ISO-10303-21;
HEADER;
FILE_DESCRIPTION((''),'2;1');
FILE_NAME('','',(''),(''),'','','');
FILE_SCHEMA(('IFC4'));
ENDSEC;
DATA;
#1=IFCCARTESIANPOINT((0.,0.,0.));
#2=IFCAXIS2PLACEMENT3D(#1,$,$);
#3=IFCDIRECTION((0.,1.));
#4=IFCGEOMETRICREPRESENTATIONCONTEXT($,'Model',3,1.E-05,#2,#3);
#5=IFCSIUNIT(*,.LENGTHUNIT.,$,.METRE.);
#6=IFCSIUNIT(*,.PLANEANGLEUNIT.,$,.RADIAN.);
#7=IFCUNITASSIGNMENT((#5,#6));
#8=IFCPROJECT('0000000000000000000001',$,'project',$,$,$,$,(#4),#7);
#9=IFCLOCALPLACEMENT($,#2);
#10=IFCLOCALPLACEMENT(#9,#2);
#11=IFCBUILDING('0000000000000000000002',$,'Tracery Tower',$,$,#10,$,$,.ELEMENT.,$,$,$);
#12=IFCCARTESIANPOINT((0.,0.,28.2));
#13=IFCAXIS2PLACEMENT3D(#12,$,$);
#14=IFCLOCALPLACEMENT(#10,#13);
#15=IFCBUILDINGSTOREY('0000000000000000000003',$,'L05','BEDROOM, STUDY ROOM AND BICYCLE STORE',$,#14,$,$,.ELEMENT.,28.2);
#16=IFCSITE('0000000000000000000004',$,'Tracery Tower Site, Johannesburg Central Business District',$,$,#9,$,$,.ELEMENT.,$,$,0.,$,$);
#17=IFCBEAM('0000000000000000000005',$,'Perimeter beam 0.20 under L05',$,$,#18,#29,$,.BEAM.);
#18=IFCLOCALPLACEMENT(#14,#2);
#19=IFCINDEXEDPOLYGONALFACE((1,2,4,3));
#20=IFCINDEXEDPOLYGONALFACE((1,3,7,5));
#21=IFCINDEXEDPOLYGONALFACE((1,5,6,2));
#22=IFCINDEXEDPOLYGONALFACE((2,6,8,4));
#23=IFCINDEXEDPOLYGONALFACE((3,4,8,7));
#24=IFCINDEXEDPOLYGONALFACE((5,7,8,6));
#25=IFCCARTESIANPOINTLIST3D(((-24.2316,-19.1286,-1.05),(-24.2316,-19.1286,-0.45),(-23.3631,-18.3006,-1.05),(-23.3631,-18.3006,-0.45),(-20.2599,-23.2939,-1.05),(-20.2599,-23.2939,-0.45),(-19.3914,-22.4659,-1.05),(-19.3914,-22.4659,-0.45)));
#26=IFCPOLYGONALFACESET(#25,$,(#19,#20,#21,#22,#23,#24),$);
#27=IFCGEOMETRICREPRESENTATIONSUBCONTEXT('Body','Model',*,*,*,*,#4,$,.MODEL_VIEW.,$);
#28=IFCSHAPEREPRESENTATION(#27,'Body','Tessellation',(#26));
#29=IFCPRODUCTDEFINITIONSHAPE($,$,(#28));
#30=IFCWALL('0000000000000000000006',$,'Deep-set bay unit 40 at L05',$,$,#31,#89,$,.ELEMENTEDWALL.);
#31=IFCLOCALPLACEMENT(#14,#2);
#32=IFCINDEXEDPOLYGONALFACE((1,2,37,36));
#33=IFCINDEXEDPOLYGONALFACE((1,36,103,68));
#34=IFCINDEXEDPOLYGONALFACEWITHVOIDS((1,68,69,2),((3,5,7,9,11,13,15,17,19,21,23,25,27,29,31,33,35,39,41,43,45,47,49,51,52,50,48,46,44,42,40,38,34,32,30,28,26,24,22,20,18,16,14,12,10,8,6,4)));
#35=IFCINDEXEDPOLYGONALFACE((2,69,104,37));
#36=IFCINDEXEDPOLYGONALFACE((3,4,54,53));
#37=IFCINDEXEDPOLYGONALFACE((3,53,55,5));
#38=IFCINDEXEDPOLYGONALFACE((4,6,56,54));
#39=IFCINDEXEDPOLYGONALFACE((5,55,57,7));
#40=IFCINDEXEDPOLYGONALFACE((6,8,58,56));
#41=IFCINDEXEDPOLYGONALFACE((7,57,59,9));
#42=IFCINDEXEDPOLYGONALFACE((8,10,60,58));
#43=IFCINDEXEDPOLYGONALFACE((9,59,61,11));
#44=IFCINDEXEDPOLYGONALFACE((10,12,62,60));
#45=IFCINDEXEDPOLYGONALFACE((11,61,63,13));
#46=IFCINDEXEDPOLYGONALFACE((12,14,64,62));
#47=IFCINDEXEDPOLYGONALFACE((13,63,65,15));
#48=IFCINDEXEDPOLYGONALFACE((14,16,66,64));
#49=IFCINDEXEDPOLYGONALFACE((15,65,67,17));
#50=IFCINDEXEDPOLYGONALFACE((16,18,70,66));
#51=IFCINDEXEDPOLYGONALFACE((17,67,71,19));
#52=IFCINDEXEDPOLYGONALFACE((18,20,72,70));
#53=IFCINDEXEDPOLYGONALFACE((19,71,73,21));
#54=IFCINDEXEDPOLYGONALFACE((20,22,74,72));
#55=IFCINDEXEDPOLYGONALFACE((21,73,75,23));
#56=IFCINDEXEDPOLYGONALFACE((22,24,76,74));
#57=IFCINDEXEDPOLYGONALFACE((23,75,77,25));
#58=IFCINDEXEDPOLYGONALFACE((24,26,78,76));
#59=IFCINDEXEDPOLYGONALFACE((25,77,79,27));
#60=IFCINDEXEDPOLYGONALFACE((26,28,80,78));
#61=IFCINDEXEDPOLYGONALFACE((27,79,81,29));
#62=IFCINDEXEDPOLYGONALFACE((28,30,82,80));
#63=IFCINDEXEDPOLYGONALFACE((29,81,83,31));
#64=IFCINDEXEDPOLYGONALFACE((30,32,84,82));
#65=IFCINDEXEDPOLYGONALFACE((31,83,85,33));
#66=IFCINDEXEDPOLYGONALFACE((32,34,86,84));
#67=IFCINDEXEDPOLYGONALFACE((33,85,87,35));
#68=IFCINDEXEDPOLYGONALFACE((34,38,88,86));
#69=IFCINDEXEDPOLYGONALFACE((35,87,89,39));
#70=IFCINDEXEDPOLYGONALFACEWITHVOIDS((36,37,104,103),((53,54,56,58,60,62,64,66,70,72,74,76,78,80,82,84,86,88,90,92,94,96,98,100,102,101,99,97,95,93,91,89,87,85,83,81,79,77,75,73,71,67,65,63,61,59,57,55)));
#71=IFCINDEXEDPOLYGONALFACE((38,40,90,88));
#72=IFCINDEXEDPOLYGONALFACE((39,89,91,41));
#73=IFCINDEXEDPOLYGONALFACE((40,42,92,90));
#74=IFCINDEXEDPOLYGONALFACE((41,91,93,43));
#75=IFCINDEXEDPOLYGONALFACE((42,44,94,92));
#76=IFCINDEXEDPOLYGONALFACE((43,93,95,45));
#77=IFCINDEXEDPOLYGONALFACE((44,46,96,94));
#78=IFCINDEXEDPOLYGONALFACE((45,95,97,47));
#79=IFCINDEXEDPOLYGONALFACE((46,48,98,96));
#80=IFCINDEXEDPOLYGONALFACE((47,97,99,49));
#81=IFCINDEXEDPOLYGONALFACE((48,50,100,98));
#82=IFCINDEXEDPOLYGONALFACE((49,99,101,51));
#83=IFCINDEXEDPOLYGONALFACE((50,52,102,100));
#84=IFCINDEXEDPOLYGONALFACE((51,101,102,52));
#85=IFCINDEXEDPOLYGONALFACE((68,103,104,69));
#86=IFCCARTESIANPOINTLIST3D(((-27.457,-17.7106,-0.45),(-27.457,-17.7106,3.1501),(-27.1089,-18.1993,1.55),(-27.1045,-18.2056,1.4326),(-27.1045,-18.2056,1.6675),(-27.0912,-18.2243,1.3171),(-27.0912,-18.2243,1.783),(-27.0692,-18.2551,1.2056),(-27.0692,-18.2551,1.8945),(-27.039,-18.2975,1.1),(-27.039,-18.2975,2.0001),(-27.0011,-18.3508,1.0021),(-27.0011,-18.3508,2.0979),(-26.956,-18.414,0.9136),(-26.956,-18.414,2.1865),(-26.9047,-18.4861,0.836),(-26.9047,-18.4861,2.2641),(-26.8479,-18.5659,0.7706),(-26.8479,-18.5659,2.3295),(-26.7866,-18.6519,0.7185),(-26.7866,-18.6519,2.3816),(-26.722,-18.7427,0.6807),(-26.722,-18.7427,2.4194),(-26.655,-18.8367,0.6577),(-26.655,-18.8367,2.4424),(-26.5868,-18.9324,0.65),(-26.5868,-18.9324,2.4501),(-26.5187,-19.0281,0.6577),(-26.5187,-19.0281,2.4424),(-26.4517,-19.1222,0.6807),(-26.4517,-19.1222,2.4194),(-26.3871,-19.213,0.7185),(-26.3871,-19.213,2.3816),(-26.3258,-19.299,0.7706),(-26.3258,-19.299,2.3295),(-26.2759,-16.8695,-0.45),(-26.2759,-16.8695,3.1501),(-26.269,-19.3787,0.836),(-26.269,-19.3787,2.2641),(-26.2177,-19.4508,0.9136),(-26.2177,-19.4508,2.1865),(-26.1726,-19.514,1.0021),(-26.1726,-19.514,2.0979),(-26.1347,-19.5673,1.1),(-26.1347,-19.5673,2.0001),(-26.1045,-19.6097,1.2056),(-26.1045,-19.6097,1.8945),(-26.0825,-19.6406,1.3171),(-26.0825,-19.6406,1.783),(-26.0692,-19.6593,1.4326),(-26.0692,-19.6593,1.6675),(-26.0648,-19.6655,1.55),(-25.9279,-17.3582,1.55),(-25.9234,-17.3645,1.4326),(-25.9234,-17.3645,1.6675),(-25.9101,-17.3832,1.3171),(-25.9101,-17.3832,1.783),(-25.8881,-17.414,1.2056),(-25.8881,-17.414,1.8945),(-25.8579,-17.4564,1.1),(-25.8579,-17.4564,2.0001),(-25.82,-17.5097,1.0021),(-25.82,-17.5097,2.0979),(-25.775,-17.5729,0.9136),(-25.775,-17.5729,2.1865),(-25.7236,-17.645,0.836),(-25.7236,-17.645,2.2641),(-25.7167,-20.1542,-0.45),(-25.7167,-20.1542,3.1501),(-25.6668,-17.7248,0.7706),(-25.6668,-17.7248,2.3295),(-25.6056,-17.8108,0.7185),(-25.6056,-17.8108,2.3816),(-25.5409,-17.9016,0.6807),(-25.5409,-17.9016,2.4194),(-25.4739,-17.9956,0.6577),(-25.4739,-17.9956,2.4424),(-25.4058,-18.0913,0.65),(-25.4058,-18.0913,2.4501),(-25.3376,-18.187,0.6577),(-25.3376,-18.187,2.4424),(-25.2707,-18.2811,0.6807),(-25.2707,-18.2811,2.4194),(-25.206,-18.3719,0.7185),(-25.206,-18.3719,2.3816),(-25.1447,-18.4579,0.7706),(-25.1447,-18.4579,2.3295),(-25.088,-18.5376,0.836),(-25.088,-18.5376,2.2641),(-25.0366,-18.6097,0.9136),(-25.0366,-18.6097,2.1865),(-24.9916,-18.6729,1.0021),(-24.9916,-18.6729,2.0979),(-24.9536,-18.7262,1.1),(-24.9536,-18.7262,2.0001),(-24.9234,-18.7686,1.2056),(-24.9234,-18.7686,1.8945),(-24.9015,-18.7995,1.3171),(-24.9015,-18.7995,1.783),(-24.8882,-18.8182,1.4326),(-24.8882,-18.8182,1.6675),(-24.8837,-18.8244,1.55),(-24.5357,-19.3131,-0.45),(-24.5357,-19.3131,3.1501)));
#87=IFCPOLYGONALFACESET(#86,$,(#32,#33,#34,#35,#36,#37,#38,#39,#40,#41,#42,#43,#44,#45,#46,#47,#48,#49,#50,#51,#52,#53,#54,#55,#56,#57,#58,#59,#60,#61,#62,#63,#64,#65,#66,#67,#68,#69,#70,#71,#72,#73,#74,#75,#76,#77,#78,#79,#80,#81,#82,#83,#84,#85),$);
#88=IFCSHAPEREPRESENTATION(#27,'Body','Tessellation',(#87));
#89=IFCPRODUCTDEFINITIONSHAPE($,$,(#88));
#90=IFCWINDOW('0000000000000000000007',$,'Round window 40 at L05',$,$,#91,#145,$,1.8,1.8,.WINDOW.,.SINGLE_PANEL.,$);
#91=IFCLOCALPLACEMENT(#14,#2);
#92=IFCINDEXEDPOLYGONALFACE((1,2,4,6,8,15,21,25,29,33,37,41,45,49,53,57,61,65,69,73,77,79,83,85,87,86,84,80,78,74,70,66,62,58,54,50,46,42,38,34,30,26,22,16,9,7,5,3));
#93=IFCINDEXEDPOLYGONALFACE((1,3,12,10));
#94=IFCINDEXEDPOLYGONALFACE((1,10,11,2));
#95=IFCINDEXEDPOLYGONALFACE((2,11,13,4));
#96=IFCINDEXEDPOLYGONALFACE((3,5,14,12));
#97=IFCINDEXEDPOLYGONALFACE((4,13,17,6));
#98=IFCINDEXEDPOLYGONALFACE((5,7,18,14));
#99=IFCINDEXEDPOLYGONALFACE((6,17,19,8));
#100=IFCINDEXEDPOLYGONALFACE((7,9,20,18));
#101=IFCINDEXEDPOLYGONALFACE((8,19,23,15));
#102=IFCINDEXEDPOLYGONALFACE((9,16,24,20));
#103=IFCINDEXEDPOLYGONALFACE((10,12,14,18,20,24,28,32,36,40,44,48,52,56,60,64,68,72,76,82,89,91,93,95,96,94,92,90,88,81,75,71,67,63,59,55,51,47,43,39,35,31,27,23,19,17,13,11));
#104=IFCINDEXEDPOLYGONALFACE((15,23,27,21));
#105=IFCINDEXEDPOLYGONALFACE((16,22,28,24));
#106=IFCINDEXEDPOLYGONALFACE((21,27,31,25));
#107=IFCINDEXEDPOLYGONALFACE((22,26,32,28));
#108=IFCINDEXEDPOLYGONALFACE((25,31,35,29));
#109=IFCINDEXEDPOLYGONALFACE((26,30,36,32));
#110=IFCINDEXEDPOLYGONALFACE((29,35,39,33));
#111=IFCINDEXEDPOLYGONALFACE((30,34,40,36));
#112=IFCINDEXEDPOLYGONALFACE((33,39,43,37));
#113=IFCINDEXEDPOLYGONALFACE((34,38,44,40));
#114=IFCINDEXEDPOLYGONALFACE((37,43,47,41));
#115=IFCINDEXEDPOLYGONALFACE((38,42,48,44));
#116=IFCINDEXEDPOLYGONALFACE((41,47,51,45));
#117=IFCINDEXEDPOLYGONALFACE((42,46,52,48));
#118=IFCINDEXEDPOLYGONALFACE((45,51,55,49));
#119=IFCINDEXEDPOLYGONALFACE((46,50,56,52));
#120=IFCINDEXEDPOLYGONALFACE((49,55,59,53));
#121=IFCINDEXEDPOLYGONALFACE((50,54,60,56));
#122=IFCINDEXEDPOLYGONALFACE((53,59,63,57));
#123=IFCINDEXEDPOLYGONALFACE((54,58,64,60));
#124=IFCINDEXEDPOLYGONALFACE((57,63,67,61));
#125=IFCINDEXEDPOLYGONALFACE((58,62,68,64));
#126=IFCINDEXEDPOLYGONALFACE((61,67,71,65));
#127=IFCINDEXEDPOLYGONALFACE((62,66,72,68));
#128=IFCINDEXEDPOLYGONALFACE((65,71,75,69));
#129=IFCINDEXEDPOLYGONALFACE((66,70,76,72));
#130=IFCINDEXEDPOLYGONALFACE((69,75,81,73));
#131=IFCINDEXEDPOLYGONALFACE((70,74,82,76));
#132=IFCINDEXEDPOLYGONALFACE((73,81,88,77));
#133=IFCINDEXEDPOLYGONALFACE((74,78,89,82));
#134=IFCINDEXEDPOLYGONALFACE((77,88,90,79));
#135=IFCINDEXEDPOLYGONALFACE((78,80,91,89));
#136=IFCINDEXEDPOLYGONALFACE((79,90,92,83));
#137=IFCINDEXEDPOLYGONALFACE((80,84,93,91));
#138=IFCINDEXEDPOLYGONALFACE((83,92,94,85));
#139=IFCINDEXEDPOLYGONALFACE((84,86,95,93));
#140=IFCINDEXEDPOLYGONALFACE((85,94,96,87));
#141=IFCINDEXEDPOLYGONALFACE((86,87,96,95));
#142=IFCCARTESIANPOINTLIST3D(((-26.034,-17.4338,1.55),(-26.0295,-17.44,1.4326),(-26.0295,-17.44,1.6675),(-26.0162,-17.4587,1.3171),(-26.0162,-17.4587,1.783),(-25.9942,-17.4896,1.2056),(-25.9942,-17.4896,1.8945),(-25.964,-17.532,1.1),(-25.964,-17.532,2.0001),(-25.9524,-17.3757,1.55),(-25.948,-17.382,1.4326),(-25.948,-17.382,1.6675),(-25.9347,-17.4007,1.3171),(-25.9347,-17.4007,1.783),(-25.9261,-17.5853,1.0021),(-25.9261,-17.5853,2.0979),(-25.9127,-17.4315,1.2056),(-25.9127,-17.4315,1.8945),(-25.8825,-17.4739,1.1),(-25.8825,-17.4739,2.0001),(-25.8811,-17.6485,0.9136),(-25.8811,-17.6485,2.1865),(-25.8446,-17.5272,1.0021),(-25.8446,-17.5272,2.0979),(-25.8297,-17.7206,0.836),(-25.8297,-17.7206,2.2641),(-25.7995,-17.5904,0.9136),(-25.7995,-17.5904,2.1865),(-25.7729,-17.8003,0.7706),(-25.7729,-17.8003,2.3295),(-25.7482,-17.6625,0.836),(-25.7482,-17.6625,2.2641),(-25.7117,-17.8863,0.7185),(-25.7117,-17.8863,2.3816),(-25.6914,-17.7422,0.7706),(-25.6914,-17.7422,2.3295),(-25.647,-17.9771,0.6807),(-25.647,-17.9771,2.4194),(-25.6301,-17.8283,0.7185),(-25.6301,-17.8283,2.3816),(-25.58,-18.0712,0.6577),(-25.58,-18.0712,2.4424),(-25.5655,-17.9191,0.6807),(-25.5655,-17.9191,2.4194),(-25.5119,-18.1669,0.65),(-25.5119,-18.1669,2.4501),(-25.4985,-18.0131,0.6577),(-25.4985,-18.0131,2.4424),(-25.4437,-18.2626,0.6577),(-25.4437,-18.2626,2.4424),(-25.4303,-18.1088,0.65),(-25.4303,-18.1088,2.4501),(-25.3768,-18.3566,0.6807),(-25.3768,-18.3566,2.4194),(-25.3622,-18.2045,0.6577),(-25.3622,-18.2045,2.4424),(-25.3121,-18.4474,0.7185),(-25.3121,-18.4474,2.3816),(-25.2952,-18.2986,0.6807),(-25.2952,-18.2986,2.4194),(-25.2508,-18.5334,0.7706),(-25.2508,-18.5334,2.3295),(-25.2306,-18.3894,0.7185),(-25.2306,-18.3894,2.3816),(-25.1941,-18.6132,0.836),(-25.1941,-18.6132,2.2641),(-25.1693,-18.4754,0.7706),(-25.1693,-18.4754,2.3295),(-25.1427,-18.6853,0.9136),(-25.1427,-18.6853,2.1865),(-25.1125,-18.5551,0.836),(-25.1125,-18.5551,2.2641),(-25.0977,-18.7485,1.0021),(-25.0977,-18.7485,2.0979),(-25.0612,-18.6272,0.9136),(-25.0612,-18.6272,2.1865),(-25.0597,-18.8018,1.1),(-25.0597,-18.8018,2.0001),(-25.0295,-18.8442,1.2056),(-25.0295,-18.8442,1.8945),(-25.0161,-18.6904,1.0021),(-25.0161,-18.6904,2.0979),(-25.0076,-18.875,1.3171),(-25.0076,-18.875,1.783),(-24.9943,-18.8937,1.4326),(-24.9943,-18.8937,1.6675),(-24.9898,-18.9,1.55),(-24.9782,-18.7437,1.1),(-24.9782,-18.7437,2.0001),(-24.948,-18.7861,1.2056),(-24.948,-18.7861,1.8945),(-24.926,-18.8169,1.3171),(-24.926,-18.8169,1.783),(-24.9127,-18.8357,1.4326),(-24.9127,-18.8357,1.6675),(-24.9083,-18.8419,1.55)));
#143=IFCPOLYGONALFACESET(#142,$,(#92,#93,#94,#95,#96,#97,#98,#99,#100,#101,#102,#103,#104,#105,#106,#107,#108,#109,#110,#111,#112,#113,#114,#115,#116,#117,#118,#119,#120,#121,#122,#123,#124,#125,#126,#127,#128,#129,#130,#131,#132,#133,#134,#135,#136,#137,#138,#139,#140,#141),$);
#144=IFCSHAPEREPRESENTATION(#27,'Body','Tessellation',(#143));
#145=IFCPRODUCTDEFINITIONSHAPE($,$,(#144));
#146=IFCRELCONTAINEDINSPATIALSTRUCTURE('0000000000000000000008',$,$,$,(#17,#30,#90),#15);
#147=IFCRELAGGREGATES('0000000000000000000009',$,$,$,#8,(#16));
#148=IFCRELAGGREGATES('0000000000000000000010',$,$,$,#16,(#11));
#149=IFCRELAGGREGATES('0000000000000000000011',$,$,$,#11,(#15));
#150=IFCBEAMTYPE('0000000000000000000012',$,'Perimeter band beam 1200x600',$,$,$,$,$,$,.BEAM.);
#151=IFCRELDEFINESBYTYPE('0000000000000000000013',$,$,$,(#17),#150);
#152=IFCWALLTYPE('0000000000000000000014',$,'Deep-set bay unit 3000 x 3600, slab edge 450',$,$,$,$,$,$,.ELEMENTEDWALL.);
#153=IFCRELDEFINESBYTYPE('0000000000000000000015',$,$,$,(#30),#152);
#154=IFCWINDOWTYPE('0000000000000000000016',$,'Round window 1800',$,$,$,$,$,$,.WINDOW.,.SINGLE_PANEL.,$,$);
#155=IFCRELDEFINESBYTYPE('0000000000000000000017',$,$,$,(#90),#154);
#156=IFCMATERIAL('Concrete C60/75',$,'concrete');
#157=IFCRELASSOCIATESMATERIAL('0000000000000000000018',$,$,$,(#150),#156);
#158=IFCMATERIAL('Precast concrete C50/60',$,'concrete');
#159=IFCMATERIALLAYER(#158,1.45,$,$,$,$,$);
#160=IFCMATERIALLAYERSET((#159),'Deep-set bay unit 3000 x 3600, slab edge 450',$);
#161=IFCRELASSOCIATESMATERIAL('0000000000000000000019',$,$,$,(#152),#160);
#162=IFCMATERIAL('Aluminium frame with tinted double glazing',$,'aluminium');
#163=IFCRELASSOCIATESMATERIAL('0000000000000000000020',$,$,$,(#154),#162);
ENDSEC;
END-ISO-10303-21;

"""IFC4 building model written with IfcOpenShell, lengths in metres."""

from ifc_helpers import new_model, si_unit, direction, frame, frame_2d, origin, origin_2d, place, context, subcontext, project, spatial, rectangle, circle, extrude, material, layer, layer_set, material_profile, profile_set, type_object, element, fill, save


model = new_model("IFC4")

# Units and contexts
model_context = context("Model", 3, precision=1e-05, world=origin(), true_north=direction((0.0, 1.0)))
body_context = subcontext(model_context, "Body", "Model", "MODEL_VIEW")
ifc_project = project(units=[si_unit("LENGTHUNIT", "METRE"), si_unit("PLANEANGLEUNIT", "RADIAN")], contexts=[model_context])

# Site, building, storey
site_placement = place(None, origin())
site = spatial("IfcSite", under=ifc_project, at=site_placement, Name="Tracery Tower Site, Johannesburg Central Business District", CompositionType="ELEMENT", RefElevation=0.0)
building_placement = place(site_placement, origin())
building = spatial("IfcBuilding", under=site, at=building_placement, Name="Tracery Tower", CompositionType="ELEMENT")
storey_placement = place(building_placement, frame((0.0, 0.0, 28.2)))
storey = spatial("IfcBuildingStorey", under=building, at=storey_placement, Name="L05", Description="BEDROOM, STUDY ROOM AND BICYCLE STORE", CompositionType="ELEMENT", Elevation=28.2)

# Beam
ifc_material_1 = material(Name="Concrete C60/75", Category="concrete")
ifc_material_profile_1 = material_profile(ifc_material_1, rectangle(XDim=1.2, YDim=0.6001, at=origin_2d()), Name="RC 1200x600")
ifc_profile_set_1 = profile_set([ifc_material_profile_1], Name="Concrete C60/75")
beam_type_1 = type_object("IfcBeamType", Name="Perimeter band beam 1200x600", PredefinedType="BEAM", material=ifc_profile_set_1)
beam_1_placement = place(storey_placement, frame((-23.7974, -18.7146, -0.75), z_axis=(0.690087, -0.723726, 0.0), x_axis=(0.723726, 0.690087, 0.0)))
element("IfcBeam", 1, at=beam_1_placement, inside=storey, type_object=beam_type_1, Name="Perimeter beam 0.20 under L05", PredefinedType="BEAM", context=body_context, shape_type="SweptSolid", body=[
    extrude(rectangle(XDim=1.2, YDim=0.6001, at=origin_2d()), origin(), (0.0, 0.0, 1.0), 5.7554),
])

# Wall, opening, window
ifc_material_2 = material(Name="Precast concrete C50/60", Category="concrete")
ifc_layer_1 = layer(ifc_material_2, 1.45)
ifc_layer_set_1 = layer_set([ifc_layer_1], Name="Deep-set bay unit 3000 x 3600, slab edge 450")
wall_type_1 = type_object("IfcWallType", Name="Deep-set bay unit 3000 x 3600, slab edge 450", PredefinedType="ELEMENTEDWALL", material=ifc_layer_set_1)
wall_1_placement = place(storey_placement, frame((-26.8665, -17.29, -0.45), z_axis=(0.0, 0.0, 1.0), x_axis=(0.580091, -0.814552, 0.0)))
wall_1 = element("IfcWall", 2, at=wall_1_placement, inside=storey, type_object=wall_type_1, Name="Deep-set bay unit 40 at L05", PredefinedType="ELEMENTEDWALL", context=body_context, shape_type="SweptSolid", body=[
    extrude(rectangle(XDim=3.0, YDim=1.45, at=frame_2d((1.5, 0.0))), origin(), (0.0, 0.0, 1.0), 3.6001),
])
opening_1_placement = place(wall_1_placement, frame((1.5, 0.0, 2.0)))
opening_1 = element("IfcOpeningElement", 3, at=opening_1_placement, cuts=wall_1, PredefinedType="OPENING", context=body_context, shape_type="SweptSolid", body=[
    extrude(circle(Radius=0.9, at=origin_2d()), frame((0.0, 0.7349, 0.0), z_axis=(0.0, -1.0, 0.0), x_axis=(1.0, 0.0, 0.0)), (0.0, 0.0, 1.0), 1.47),
])
ifc_material_3 = material(Name="Aluminium frame with tinted double glazing", Category="aluminium")
window_type = type_object("IfcWindowType", Name="Round window 1800", PartitioningType="SINGLE_PANEL", PredefinedType="WINDOW", material=ifc_material_3)
window_1_placement = place(opening_1_placement, origin())
window_1 = element("IfcWindow", 4, at=window_1_placement, inside=storey, type_object=window_type, Name="Round window 40 at L05", OverallHeight=1.8, OverallWidth=1.8, PartitioningType="SINGLE_PANEL", PredefinedType="WINDOW", context=body_context, shape_type="SweptSolid", body=[
    extrude(circle(Radius=0.9, at=origin_2d()), frame((0.0, 0.6948, 0.0), z_axis=(0.0, -1.0, 0.0), x_axis=(1.0, 0.0, 0.0)), (0.0, 0.0, 1.0), 0.1001),
])
fill(opening_1, window_1)

save(model, "model.ifc")
